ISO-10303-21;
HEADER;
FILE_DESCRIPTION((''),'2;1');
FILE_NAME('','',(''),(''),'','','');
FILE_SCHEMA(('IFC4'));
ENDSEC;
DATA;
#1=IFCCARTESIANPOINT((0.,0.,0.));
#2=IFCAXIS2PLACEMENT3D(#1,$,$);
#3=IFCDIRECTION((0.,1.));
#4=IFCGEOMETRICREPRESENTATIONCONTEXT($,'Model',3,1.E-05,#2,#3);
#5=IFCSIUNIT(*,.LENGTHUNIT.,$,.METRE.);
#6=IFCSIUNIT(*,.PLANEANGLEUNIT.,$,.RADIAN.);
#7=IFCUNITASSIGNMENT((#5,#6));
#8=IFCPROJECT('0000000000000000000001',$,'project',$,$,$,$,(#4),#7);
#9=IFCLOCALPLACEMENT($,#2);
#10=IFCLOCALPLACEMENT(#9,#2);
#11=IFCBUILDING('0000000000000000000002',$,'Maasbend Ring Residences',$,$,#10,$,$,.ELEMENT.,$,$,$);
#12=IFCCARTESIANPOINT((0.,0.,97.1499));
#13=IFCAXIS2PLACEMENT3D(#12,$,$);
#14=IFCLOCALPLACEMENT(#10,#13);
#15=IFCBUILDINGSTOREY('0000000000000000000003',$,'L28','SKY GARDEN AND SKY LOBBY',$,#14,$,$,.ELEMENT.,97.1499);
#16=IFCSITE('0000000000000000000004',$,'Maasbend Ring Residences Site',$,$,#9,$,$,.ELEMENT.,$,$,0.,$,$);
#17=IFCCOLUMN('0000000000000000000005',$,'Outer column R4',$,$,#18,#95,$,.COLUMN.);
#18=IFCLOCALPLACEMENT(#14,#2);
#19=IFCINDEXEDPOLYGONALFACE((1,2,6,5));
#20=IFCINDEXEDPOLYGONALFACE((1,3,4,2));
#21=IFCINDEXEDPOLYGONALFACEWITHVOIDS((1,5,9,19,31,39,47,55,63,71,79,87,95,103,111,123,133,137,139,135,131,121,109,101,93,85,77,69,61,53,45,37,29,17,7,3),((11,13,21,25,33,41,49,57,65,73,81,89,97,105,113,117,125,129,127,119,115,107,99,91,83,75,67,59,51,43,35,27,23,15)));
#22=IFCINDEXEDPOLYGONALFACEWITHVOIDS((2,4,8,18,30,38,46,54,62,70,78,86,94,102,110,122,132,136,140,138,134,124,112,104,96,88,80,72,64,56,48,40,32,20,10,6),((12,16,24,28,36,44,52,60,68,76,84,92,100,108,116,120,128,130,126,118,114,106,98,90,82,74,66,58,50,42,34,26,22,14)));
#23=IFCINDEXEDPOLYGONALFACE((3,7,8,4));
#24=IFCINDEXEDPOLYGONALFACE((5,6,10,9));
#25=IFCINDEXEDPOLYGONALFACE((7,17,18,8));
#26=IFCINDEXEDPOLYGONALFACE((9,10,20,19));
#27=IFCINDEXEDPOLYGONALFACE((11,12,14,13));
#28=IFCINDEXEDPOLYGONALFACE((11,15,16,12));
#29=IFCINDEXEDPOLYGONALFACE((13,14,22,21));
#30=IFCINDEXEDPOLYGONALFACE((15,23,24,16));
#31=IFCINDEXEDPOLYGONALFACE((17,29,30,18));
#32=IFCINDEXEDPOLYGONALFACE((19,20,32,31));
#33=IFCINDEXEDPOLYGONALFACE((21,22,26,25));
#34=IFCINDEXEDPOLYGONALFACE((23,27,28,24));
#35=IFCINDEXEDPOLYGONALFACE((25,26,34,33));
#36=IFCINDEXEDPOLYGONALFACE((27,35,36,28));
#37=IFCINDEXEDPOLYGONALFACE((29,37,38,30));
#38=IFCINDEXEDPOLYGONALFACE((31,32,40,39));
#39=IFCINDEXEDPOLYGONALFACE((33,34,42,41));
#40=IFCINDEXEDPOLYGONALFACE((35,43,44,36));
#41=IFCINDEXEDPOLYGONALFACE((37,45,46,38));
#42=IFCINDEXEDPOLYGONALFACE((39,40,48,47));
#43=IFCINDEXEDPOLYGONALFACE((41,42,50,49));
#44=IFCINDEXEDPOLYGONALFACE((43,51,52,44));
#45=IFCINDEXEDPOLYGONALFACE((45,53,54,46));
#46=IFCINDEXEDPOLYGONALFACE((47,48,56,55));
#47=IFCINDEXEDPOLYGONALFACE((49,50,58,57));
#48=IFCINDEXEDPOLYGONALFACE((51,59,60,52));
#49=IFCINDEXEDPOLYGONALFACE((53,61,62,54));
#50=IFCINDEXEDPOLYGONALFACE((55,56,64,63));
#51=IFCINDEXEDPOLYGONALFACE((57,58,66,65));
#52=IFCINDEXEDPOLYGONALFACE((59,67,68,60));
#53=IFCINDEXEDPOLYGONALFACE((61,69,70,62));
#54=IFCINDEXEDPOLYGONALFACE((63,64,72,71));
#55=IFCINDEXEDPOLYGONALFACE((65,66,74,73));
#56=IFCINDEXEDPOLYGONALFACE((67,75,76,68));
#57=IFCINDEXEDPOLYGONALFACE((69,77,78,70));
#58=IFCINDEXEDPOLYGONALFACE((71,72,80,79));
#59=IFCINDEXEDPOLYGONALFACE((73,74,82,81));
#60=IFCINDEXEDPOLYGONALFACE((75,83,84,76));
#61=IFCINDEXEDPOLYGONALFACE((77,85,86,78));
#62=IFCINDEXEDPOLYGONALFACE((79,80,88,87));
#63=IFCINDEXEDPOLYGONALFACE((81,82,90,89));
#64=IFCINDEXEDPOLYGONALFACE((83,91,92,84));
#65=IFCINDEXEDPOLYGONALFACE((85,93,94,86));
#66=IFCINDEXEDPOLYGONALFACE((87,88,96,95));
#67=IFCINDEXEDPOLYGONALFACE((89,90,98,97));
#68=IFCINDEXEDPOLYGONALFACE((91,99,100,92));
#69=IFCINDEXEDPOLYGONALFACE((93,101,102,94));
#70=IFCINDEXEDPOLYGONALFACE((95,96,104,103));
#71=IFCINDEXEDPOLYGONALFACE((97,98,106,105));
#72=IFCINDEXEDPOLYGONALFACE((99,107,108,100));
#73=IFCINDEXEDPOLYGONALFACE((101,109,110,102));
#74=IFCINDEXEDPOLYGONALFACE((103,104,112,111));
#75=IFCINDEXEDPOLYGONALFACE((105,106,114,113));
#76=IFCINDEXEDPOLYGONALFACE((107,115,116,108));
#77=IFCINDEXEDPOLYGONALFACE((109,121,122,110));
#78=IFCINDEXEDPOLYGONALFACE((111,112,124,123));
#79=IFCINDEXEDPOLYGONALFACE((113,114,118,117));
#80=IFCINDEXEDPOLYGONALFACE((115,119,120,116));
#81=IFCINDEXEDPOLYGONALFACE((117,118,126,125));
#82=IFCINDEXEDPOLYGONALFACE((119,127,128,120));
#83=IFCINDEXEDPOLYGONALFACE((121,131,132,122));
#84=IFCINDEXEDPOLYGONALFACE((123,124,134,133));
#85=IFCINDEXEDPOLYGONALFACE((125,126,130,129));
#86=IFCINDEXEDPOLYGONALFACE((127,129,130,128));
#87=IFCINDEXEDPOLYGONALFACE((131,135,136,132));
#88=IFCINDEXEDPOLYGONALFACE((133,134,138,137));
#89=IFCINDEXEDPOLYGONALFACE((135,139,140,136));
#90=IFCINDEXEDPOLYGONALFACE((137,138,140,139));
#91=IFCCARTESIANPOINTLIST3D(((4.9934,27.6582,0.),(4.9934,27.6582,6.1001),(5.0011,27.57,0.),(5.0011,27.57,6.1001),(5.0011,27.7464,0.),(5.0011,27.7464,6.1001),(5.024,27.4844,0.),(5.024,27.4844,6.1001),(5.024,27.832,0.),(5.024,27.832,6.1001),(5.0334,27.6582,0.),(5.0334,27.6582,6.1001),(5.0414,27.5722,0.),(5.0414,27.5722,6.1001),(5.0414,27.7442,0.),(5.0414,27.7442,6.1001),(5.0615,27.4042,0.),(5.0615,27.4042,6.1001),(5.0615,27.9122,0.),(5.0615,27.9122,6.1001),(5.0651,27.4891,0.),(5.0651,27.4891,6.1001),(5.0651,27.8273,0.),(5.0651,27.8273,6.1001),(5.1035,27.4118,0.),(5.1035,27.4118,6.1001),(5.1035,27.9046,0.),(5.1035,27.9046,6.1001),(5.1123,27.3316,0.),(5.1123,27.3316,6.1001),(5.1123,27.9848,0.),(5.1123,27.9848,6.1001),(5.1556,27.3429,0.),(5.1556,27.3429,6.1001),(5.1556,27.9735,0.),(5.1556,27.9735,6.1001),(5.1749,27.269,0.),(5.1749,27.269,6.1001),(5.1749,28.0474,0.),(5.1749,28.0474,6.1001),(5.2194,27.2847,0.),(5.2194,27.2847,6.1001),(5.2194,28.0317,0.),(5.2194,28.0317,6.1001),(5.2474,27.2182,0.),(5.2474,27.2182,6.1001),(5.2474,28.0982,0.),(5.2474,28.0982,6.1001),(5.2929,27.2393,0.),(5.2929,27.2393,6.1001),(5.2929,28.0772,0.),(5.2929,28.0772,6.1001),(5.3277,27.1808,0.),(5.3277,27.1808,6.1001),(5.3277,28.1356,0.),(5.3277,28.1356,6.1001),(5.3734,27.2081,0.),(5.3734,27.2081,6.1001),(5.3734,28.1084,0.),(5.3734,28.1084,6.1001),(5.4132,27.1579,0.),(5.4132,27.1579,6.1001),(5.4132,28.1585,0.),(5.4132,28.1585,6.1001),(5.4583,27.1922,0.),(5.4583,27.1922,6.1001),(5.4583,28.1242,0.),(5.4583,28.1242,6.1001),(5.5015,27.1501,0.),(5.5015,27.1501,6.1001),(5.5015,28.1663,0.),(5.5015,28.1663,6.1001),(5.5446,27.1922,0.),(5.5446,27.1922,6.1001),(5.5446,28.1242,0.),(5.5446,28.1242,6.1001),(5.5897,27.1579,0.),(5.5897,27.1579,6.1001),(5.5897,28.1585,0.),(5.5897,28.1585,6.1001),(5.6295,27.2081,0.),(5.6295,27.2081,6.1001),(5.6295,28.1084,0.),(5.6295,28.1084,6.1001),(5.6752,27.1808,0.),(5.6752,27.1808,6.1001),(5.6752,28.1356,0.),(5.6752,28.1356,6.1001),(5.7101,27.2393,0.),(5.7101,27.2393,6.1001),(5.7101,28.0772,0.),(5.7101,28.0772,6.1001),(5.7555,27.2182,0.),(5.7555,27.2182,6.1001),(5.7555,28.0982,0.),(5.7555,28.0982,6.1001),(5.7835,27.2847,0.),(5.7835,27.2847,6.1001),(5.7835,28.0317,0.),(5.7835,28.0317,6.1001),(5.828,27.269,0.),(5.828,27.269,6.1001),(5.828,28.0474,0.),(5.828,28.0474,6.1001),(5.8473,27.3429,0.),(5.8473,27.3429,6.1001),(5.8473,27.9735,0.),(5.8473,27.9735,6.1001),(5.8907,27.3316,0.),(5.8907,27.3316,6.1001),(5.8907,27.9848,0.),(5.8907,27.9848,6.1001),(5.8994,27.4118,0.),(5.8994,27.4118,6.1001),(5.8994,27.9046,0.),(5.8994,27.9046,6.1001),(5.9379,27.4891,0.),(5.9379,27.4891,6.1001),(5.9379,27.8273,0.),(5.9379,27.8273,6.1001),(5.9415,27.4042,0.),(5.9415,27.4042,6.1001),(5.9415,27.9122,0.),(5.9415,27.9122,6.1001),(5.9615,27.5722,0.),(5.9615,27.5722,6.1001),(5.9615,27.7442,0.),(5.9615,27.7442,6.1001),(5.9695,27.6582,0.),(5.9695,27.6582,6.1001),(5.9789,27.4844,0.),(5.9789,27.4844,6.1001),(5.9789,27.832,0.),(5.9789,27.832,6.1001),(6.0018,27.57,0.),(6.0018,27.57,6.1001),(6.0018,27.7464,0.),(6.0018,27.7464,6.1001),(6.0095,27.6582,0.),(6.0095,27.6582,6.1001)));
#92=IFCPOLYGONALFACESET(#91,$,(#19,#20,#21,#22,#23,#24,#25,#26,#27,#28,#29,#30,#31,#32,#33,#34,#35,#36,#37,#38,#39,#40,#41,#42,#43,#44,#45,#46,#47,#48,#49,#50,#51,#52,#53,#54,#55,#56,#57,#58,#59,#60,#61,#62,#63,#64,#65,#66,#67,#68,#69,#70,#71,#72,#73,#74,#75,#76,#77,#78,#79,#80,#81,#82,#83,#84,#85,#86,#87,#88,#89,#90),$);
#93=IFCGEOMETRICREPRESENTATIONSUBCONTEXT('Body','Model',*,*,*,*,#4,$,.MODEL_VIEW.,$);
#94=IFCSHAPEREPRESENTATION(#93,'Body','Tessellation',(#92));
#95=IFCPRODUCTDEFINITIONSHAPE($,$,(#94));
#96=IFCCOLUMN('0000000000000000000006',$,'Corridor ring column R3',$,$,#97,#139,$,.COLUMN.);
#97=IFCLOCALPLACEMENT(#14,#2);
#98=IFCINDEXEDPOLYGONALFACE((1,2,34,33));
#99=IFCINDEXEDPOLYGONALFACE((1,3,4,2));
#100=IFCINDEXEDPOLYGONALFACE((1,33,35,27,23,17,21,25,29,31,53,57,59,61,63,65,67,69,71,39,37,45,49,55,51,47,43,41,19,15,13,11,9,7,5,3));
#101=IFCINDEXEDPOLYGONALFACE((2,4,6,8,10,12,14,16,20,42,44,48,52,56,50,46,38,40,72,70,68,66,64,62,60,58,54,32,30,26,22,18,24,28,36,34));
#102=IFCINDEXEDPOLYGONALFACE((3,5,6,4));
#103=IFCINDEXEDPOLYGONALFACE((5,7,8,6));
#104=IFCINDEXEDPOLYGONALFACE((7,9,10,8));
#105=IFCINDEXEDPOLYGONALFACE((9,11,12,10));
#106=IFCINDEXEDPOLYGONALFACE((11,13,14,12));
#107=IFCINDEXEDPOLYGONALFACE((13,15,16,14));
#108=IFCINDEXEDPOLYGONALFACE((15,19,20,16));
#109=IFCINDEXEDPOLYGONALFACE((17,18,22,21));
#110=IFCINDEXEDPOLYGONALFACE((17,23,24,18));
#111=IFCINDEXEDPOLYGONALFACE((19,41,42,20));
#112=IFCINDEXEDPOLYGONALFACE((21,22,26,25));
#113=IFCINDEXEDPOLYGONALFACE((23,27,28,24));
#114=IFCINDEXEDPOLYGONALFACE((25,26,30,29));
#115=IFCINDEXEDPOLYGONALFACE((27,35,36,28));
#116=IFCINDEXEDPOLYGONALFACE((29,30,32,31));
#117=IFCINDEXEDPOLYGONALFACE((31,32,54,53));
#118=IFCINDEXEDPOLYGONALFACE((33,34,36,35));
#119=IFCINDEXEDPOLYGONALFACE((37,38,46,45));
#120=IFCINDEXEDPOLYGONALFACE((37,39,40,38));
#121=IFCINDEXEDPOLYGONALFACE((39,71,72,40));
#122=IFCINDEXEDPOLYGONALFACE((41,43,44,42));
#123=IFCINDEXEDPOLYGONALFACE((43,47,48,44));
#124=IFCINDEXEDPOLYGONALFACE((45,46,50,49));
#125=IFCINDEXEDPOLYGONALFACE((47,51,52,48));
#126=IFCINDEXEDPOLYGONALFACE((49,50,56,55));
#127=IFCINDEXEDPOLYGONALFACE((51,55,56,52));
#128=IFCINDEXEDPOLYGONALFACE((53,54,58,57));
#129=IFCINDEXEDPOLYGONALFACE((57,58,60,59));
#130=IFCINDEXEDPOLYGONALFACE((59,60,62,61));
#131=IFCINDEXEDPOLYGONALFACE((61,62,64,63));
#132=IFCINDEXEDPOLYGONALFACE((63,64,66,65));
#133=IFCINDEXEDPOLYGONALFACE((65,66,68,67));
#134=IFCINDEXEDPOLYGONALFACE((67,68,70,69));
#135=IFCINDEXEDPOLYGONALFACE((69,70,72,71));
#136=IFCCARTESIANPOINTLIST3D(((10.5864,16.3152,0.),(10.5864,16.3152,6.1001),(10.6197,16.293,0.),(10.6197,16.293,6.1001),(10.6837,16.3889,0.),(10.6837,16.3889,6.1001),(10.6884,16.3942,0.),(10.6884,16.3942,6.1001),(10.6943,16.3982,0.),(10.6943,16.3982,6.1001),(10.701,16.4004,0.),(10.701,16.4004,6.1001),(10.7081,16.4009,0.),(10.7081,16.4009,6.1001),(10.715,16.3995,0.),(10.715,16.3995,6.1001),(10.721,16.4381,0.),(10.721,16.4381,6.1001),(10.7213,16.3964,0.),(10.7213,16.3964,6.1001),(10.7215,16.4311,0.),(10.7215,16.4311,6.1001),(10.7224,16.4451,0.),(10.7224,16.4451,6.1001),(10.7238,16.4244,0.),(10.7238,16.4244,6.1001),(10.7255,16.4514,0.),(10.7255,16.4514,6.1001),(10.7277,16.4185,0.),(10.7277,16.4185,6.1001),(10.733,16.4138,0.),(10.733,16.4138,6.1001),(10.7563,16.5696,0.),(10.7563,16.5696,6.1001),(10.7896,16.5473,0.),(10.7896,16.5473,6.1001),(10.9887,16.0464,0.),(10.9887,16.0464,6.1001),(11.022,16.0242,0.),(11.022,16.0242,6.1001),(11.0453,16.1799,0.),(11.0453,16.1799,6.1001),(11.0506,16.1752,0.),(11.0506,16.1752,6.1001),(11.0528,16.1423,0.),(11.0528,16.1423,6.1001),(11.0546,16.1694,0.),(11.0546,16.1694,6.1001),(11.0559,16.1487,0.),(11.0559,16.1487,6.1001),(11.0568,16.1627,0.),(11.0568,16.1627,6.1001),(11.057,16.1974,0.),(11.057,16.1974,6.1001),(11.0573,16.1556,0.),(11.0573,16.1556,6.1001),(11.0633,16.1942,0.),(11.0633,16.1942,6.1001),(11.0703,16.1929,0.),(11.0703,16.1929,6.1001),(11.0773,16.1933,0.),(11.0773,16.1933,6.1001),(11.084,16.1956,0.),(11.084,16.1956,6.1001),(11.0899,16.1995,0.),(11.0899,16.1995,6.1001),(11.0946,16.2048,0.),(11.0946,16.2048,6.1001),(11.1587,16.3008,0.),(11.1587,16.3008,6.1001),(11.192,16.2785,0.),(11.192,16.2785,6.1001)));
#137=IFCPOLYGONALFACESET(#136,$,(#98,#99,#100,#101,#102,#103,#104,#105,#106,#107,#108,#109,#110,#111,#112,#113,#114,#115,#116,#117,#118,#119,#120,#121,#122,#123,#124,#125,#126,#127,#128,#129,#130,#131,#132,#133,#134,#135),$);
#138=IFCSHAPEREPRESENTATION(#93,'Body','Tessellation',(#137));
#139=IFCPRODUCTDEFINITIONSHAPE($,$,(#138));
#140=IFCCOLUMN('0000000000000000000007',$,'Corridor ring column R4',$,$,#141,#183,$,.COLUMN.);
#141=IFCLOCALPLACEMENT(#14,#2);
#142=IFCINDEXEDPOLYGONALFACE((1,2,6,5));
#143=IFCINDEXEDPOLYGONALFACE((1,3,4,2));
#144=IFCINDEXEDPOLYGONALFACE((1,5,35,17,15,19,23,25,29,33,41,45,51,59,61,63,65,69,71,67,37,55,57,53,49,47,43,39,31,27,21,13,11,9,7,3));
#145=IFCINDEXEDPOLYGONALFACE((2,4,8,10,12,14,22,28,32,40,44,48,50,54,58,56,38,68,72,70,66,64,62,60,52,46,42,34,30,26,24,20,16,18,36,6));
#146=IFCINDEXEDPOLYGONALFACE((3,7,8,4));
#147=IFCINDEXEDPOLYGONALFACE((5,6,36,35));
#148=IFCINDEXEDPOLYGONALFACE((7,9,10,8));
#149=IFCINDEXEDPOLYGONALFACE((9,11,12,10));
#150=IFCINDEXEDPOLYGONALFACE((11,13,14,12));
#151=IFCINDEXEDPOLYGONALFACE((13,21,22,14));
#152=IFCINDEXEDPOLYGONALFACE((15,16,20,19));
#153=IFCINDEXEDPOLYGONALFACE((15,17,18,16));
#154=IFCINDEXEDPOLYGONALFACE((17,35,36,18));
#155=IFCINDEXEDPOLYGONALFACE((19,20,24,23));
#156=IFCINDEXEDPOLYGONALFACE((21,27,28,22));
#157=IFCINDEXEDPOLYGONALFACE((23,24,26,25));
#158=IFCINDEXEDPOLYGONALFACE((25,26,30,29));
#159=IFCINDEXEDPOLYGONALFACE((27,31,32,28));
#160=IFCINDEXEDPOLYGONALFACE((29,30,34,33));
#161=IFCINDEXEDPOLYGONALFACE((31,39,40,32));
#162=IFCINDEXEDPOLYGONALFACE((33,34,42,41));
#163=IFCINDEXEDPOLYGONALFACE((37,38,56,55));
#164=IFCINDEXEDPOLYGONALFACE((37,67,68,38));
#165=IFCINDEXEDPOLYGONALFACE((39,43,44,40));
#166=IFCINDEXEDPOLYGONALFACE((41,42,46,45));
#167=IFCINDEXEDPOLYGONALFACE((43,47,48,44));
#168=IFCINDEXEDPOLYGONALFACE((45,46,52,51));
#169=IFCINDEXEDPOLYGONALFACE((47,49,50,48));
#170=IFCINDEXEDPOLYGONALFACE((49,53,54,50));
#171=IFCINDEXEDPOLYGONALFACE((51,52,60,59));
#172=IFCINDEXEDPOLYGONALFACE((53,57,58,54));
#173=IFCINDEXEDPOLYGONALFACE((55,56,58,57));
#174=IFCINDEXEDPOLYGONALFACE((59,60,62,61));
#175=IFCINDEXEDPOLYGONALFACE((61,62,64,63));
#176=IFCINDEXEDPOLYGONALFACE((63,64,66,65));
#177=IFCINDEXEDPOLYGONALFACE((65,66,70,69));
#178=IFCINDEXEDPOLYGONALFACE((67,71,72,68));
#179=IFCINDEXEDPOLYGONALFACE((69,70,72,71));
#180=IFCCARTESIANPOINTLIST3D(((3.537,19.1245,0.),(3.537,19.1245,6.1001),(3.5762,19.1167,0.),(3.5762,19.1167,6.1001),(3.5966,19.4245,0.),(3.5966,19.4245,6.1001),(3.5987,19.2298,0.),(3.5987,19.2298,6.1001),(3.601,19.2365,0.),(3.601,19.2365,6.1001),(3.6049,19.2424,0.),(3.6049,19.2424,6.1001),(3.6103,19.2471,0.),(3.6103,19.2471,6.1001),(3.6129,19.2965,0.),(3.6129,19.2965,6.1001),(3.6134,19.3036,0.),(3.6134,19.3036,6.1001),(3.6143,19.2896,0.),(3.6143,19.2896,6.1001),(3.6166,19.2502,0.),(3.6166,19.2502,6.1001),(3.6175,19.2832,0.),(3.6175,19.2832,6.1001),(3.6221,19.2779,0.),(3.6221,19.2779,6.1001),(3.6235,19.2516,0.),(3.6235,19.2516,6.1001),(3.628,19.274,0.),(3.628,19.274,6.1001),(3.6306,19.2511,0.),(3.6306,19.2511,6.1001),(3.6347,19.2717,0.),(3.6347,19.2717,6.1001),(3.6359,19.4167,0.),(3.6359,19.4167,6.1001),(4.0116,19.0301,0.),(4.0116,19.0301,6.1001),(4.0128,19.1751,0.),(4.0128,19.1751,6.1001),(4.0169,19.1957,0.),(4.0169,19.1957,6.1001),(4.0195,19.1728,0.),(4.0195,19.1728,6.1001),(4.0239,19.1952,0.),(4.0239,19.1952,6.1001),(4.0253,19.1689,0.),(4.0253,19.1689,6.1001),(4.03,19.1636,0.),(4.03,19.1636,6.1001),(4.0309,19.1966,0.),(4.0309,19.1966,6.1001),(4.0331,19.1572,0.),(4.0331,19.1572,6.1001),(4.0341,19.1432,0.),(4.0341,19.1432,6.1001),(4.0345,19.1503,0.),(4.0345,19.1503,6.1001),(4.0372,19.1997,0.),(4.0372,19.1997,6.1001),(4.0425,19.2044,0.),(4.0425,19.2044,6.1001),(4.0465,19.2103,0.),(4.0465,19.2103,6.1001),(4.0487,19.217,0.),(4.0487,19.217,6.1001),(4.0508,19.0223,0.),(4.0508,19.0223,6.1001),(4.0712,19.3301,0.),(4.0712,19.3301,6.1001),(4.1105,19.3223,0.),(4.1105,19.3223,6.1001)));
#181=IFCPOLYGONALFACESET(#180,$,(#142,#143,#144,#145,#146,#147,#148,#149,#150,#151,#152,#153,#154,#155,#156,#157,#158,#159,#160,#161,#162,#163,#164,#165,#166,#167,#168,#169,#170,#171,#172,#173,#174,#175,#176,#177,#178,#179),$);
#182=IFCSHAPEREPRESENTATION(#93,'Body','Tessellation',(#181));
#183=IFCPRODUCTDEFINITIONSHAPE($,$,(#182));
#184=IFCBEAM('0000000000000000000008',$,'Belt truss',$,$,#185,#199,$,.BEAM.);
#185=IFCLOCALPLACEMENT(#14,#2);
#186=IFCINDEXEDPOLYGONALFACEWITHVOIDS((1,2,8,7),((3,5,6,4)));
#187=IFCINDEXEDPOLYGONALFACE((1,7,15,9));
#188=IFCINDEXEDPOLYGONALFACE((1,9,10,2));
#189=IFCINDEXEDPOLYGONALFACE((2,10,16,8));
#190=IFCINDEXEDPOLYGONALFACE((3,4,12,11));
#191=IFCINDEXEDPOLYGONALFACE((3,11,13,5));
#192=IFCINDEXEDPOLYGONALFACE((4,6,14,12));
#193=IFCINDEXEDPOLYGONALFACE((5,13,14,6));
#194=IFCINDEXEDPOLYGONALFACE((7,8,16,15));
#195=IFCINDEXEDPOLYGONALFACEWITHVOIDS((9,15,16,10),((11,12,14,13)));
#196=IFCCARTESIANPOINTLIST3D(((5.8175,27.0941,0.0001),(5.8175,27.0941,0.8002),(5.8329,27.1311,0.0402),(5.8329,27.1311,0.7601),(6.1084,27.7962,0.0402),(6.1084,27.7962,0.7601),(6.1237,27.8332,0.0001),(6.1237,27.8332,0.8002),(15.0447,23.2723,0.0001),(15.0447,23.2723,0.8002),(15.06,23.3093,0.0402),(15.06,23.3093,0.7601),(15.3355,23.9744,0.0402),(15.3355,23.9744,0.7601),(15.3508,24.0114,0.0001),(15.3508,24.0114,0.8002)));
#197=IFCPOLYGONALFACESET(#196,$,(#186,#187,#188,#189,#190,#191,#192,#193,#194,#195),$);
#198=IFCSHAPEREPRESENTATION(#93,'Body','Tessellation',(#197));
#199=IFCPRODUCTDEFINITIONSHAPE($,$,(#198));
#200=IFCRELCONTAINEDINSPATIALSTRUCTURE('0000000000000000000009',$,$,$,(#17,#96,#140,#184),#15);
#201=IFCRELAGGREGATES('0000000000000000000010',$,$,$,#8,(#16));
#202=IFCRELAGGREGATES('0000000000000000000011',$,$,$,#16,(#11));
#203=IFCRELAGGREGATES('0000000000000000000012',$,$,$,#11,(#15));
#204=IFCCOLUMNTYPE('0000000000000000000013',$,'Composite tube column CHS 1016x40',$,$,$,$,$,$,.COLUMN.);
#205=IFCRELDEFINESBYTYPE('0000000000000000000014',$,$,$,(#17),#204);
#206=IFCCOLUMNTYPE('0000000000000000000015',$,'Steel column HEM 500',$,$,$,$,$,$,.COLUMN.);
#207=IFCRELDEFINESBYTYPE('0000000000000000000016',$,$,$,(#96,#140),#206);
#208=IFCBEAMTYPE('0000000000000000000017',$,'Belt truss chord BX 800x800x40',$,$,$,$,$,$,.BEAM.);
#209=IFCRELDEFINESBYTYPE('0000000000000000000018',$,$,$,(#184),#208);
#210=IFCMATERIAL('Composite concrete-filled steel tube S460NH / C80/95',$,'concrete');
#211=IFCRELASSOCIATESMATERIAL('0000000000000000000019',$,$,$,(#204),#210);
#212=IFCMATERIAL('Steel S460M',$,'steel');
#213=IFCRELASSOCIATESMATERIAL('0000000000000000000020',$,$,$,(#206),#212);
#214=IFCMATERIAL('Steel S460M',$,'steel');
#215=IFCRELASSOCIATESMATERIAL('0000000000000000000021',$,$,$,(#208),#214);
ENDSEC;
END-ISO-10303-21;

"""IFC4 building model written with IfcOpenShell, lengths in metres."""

from ifc_helpers import new_model, si_unit, direction, frame, origin, origin_2d, place, context, subcontext, project, spatial, hollow_rectangle, hollow_circle, i_section, extrude, material, material_profile, profile_set, type_object, element, save


model = new_model("IFC4")

# Units and contexts
model_context = context("Model", 3, precision=1e-05, world=origin(), true_north=direction((0.0, 1.0)))
body_context = subcontext(model_context, "Body", "Model", "MODEL_VIEW")
ifc_project = project(units=[si_unit("LENGTHUNIT", "METRE"), si_unit("PLANEANGLEUNIT", "RADIAN")], contexts=[model_context])

# Site, building, storey
site_placement = place(None, origin())
site = spatial("IfcSite", under=ifc_project, at=site_placement, Name="Maasbend Ring Residences Site", CompositionType="ELEMENT", RefElevation=0.0)
building_placement = place(site_placement, origin())
building = spatial("IfcBuilding", under=site, at=building_placement, Name="Maasbend Ring Residences", CompositionType="ELEMENT")
storey_placement = place(building_placement, frame((0.0, 0.0, 97.1499)))
storey = spatial("IfcBuildingStorey", under=building, at=storey_placement, Name="L28", Description="SKY GARDEN AND SKY LOBBY", CompositionType="ELEMENT", Elevation=97.1499)

# Columns
ifc_material_1 = material(Name="Composite concrete-filled steel tube S460NH / C80/95", Category="concrete")
ifc_material_profile_1 = material_profile(ifc_material_1, hollow_circle(Radius=0.5081, WallThickness=0.04, at=origin_2d()), Name="Composite tube column CHS 1016x40")
ifc_profile_set_1 = profile_set([ifc_material_profile_1], Name="Composite concrete-filled steel tube S460NH / C80/95")
column_type_1 = type_object("IfcColumnType", Name="Composite tube column CHS 1016x40", PredefinedType="COLUMN", material=ifc_profile_set_1)
column_placement = place(storey_placement, frame((5.5015, 27.6582, 0.0), z_axis=(0.0, 0.0, 1.0), x_axis=(1.0, 0.0, 0.0)))
element("IfcColumn", 1, at=column_placement, inside=storey, type_object=column_type_1, Name="Outer column R4", PredefinedType="COLUMN", context=body_context, shape_type="SweptSolid", body=[
    extrude(hollow_circle(Radius=0.5081, WallThickness=0.04, at=origin_2d()), origin(), (0.0, 0.0, 1.0), 6.1001),
])
ifc_material_2 = material(Name="Steel S460M", Category="steel")
ifc_material_profile_2 = material_profile(ifc_material_2, i_section(OverallWidth=0.3059, OverallDepth=0.5239, WebThickness=0.021, FlangeThickness=0.04, FilletRadius=0.0271, at=origin_2d()), Name="HEM 500")
ifc_profile_set_2 = profile_set([ifc_material_profile_2], Name="Steel S460M")
column_type_2 = type_object("IfcColumnType", Name="Steel column HEM 500", PredefinedType="COLUMN", material=ifc_profile_set_2)
for number, where, z_axis, x_axis, name in (
    (2, (10.8892, 16.2969, 0.0), (0.0, 0.0, 1.0), (0.55557, 0.83147, 0.0), "Corridor ring column R3"),
    (3, (3.8237, 19.2234, 0.0), (0.0, 0.0, 1.0), (0.19509, 0.980785, 0.0), "Corridor ring column R4"),
):
    element("IfcColumn", number, at=place(storey_placement, frame(where, z_axis=z_axis, x_axis=x_axis)), inside=storey, type_object=column_type_2, Name=name, PredefinedType="COLUMN", context=body_context, shape_type="SweptSolid", body=[
        extrude(i_section(OverallWidth=0.3059, OverallDepth=0.5239, WebThickness=0.021, FlangeThickness=0.04, FilletRadius=0.0271, at=origin_2d()), origin(), (0.0, 0.0, 1.0), 6.1001),
    ])

# Beam
ifc_material_3 = material(Name="Steel S460M", Category="steel")
ifc_material_profile_3 = material_profile(ifc_material_3, hollow_rectangle(XDim=0.8, YDim=0.8, WallThickness=0.04, at=origin_2d()), Name="Belt truss chord BX 800x800x40")
ifc_profile_set_3 = profile_set([ifc_material_profile_3], Name="Steel S460M")
beam_type_1 = type_object("IfcBeamType", Name="Belt truss chord BX 800x800x40", PredefinedType="BEAM", material=ifc_profile_set_3)
for number, where, z_axis, x_axis, name in (
    (4, (15.1978, 23.6418, 0.4001), (-0.923886, 0.382667, 0.0), (-0.382667, -0.923886, 0.0), "Belt truss"),
):
    element("IfcBeam", number, at=place(storey_placement, frame(where, z_axis=z_axis, x_axis=x_axis)), inside=storey, type_object=beam_type_1, Name=name, PredefinedType="BEAM", context=body_context, shape_type="SweptSolid", body=[
        extrude(hollow_rectangle(XDim=0.8, YDim=0.8, WallThickness=0.04, at=origin_2d()), origin(), (0.0, 0.0, 1.0), 9.9873),
    ])

save(model, "model.ifc")
